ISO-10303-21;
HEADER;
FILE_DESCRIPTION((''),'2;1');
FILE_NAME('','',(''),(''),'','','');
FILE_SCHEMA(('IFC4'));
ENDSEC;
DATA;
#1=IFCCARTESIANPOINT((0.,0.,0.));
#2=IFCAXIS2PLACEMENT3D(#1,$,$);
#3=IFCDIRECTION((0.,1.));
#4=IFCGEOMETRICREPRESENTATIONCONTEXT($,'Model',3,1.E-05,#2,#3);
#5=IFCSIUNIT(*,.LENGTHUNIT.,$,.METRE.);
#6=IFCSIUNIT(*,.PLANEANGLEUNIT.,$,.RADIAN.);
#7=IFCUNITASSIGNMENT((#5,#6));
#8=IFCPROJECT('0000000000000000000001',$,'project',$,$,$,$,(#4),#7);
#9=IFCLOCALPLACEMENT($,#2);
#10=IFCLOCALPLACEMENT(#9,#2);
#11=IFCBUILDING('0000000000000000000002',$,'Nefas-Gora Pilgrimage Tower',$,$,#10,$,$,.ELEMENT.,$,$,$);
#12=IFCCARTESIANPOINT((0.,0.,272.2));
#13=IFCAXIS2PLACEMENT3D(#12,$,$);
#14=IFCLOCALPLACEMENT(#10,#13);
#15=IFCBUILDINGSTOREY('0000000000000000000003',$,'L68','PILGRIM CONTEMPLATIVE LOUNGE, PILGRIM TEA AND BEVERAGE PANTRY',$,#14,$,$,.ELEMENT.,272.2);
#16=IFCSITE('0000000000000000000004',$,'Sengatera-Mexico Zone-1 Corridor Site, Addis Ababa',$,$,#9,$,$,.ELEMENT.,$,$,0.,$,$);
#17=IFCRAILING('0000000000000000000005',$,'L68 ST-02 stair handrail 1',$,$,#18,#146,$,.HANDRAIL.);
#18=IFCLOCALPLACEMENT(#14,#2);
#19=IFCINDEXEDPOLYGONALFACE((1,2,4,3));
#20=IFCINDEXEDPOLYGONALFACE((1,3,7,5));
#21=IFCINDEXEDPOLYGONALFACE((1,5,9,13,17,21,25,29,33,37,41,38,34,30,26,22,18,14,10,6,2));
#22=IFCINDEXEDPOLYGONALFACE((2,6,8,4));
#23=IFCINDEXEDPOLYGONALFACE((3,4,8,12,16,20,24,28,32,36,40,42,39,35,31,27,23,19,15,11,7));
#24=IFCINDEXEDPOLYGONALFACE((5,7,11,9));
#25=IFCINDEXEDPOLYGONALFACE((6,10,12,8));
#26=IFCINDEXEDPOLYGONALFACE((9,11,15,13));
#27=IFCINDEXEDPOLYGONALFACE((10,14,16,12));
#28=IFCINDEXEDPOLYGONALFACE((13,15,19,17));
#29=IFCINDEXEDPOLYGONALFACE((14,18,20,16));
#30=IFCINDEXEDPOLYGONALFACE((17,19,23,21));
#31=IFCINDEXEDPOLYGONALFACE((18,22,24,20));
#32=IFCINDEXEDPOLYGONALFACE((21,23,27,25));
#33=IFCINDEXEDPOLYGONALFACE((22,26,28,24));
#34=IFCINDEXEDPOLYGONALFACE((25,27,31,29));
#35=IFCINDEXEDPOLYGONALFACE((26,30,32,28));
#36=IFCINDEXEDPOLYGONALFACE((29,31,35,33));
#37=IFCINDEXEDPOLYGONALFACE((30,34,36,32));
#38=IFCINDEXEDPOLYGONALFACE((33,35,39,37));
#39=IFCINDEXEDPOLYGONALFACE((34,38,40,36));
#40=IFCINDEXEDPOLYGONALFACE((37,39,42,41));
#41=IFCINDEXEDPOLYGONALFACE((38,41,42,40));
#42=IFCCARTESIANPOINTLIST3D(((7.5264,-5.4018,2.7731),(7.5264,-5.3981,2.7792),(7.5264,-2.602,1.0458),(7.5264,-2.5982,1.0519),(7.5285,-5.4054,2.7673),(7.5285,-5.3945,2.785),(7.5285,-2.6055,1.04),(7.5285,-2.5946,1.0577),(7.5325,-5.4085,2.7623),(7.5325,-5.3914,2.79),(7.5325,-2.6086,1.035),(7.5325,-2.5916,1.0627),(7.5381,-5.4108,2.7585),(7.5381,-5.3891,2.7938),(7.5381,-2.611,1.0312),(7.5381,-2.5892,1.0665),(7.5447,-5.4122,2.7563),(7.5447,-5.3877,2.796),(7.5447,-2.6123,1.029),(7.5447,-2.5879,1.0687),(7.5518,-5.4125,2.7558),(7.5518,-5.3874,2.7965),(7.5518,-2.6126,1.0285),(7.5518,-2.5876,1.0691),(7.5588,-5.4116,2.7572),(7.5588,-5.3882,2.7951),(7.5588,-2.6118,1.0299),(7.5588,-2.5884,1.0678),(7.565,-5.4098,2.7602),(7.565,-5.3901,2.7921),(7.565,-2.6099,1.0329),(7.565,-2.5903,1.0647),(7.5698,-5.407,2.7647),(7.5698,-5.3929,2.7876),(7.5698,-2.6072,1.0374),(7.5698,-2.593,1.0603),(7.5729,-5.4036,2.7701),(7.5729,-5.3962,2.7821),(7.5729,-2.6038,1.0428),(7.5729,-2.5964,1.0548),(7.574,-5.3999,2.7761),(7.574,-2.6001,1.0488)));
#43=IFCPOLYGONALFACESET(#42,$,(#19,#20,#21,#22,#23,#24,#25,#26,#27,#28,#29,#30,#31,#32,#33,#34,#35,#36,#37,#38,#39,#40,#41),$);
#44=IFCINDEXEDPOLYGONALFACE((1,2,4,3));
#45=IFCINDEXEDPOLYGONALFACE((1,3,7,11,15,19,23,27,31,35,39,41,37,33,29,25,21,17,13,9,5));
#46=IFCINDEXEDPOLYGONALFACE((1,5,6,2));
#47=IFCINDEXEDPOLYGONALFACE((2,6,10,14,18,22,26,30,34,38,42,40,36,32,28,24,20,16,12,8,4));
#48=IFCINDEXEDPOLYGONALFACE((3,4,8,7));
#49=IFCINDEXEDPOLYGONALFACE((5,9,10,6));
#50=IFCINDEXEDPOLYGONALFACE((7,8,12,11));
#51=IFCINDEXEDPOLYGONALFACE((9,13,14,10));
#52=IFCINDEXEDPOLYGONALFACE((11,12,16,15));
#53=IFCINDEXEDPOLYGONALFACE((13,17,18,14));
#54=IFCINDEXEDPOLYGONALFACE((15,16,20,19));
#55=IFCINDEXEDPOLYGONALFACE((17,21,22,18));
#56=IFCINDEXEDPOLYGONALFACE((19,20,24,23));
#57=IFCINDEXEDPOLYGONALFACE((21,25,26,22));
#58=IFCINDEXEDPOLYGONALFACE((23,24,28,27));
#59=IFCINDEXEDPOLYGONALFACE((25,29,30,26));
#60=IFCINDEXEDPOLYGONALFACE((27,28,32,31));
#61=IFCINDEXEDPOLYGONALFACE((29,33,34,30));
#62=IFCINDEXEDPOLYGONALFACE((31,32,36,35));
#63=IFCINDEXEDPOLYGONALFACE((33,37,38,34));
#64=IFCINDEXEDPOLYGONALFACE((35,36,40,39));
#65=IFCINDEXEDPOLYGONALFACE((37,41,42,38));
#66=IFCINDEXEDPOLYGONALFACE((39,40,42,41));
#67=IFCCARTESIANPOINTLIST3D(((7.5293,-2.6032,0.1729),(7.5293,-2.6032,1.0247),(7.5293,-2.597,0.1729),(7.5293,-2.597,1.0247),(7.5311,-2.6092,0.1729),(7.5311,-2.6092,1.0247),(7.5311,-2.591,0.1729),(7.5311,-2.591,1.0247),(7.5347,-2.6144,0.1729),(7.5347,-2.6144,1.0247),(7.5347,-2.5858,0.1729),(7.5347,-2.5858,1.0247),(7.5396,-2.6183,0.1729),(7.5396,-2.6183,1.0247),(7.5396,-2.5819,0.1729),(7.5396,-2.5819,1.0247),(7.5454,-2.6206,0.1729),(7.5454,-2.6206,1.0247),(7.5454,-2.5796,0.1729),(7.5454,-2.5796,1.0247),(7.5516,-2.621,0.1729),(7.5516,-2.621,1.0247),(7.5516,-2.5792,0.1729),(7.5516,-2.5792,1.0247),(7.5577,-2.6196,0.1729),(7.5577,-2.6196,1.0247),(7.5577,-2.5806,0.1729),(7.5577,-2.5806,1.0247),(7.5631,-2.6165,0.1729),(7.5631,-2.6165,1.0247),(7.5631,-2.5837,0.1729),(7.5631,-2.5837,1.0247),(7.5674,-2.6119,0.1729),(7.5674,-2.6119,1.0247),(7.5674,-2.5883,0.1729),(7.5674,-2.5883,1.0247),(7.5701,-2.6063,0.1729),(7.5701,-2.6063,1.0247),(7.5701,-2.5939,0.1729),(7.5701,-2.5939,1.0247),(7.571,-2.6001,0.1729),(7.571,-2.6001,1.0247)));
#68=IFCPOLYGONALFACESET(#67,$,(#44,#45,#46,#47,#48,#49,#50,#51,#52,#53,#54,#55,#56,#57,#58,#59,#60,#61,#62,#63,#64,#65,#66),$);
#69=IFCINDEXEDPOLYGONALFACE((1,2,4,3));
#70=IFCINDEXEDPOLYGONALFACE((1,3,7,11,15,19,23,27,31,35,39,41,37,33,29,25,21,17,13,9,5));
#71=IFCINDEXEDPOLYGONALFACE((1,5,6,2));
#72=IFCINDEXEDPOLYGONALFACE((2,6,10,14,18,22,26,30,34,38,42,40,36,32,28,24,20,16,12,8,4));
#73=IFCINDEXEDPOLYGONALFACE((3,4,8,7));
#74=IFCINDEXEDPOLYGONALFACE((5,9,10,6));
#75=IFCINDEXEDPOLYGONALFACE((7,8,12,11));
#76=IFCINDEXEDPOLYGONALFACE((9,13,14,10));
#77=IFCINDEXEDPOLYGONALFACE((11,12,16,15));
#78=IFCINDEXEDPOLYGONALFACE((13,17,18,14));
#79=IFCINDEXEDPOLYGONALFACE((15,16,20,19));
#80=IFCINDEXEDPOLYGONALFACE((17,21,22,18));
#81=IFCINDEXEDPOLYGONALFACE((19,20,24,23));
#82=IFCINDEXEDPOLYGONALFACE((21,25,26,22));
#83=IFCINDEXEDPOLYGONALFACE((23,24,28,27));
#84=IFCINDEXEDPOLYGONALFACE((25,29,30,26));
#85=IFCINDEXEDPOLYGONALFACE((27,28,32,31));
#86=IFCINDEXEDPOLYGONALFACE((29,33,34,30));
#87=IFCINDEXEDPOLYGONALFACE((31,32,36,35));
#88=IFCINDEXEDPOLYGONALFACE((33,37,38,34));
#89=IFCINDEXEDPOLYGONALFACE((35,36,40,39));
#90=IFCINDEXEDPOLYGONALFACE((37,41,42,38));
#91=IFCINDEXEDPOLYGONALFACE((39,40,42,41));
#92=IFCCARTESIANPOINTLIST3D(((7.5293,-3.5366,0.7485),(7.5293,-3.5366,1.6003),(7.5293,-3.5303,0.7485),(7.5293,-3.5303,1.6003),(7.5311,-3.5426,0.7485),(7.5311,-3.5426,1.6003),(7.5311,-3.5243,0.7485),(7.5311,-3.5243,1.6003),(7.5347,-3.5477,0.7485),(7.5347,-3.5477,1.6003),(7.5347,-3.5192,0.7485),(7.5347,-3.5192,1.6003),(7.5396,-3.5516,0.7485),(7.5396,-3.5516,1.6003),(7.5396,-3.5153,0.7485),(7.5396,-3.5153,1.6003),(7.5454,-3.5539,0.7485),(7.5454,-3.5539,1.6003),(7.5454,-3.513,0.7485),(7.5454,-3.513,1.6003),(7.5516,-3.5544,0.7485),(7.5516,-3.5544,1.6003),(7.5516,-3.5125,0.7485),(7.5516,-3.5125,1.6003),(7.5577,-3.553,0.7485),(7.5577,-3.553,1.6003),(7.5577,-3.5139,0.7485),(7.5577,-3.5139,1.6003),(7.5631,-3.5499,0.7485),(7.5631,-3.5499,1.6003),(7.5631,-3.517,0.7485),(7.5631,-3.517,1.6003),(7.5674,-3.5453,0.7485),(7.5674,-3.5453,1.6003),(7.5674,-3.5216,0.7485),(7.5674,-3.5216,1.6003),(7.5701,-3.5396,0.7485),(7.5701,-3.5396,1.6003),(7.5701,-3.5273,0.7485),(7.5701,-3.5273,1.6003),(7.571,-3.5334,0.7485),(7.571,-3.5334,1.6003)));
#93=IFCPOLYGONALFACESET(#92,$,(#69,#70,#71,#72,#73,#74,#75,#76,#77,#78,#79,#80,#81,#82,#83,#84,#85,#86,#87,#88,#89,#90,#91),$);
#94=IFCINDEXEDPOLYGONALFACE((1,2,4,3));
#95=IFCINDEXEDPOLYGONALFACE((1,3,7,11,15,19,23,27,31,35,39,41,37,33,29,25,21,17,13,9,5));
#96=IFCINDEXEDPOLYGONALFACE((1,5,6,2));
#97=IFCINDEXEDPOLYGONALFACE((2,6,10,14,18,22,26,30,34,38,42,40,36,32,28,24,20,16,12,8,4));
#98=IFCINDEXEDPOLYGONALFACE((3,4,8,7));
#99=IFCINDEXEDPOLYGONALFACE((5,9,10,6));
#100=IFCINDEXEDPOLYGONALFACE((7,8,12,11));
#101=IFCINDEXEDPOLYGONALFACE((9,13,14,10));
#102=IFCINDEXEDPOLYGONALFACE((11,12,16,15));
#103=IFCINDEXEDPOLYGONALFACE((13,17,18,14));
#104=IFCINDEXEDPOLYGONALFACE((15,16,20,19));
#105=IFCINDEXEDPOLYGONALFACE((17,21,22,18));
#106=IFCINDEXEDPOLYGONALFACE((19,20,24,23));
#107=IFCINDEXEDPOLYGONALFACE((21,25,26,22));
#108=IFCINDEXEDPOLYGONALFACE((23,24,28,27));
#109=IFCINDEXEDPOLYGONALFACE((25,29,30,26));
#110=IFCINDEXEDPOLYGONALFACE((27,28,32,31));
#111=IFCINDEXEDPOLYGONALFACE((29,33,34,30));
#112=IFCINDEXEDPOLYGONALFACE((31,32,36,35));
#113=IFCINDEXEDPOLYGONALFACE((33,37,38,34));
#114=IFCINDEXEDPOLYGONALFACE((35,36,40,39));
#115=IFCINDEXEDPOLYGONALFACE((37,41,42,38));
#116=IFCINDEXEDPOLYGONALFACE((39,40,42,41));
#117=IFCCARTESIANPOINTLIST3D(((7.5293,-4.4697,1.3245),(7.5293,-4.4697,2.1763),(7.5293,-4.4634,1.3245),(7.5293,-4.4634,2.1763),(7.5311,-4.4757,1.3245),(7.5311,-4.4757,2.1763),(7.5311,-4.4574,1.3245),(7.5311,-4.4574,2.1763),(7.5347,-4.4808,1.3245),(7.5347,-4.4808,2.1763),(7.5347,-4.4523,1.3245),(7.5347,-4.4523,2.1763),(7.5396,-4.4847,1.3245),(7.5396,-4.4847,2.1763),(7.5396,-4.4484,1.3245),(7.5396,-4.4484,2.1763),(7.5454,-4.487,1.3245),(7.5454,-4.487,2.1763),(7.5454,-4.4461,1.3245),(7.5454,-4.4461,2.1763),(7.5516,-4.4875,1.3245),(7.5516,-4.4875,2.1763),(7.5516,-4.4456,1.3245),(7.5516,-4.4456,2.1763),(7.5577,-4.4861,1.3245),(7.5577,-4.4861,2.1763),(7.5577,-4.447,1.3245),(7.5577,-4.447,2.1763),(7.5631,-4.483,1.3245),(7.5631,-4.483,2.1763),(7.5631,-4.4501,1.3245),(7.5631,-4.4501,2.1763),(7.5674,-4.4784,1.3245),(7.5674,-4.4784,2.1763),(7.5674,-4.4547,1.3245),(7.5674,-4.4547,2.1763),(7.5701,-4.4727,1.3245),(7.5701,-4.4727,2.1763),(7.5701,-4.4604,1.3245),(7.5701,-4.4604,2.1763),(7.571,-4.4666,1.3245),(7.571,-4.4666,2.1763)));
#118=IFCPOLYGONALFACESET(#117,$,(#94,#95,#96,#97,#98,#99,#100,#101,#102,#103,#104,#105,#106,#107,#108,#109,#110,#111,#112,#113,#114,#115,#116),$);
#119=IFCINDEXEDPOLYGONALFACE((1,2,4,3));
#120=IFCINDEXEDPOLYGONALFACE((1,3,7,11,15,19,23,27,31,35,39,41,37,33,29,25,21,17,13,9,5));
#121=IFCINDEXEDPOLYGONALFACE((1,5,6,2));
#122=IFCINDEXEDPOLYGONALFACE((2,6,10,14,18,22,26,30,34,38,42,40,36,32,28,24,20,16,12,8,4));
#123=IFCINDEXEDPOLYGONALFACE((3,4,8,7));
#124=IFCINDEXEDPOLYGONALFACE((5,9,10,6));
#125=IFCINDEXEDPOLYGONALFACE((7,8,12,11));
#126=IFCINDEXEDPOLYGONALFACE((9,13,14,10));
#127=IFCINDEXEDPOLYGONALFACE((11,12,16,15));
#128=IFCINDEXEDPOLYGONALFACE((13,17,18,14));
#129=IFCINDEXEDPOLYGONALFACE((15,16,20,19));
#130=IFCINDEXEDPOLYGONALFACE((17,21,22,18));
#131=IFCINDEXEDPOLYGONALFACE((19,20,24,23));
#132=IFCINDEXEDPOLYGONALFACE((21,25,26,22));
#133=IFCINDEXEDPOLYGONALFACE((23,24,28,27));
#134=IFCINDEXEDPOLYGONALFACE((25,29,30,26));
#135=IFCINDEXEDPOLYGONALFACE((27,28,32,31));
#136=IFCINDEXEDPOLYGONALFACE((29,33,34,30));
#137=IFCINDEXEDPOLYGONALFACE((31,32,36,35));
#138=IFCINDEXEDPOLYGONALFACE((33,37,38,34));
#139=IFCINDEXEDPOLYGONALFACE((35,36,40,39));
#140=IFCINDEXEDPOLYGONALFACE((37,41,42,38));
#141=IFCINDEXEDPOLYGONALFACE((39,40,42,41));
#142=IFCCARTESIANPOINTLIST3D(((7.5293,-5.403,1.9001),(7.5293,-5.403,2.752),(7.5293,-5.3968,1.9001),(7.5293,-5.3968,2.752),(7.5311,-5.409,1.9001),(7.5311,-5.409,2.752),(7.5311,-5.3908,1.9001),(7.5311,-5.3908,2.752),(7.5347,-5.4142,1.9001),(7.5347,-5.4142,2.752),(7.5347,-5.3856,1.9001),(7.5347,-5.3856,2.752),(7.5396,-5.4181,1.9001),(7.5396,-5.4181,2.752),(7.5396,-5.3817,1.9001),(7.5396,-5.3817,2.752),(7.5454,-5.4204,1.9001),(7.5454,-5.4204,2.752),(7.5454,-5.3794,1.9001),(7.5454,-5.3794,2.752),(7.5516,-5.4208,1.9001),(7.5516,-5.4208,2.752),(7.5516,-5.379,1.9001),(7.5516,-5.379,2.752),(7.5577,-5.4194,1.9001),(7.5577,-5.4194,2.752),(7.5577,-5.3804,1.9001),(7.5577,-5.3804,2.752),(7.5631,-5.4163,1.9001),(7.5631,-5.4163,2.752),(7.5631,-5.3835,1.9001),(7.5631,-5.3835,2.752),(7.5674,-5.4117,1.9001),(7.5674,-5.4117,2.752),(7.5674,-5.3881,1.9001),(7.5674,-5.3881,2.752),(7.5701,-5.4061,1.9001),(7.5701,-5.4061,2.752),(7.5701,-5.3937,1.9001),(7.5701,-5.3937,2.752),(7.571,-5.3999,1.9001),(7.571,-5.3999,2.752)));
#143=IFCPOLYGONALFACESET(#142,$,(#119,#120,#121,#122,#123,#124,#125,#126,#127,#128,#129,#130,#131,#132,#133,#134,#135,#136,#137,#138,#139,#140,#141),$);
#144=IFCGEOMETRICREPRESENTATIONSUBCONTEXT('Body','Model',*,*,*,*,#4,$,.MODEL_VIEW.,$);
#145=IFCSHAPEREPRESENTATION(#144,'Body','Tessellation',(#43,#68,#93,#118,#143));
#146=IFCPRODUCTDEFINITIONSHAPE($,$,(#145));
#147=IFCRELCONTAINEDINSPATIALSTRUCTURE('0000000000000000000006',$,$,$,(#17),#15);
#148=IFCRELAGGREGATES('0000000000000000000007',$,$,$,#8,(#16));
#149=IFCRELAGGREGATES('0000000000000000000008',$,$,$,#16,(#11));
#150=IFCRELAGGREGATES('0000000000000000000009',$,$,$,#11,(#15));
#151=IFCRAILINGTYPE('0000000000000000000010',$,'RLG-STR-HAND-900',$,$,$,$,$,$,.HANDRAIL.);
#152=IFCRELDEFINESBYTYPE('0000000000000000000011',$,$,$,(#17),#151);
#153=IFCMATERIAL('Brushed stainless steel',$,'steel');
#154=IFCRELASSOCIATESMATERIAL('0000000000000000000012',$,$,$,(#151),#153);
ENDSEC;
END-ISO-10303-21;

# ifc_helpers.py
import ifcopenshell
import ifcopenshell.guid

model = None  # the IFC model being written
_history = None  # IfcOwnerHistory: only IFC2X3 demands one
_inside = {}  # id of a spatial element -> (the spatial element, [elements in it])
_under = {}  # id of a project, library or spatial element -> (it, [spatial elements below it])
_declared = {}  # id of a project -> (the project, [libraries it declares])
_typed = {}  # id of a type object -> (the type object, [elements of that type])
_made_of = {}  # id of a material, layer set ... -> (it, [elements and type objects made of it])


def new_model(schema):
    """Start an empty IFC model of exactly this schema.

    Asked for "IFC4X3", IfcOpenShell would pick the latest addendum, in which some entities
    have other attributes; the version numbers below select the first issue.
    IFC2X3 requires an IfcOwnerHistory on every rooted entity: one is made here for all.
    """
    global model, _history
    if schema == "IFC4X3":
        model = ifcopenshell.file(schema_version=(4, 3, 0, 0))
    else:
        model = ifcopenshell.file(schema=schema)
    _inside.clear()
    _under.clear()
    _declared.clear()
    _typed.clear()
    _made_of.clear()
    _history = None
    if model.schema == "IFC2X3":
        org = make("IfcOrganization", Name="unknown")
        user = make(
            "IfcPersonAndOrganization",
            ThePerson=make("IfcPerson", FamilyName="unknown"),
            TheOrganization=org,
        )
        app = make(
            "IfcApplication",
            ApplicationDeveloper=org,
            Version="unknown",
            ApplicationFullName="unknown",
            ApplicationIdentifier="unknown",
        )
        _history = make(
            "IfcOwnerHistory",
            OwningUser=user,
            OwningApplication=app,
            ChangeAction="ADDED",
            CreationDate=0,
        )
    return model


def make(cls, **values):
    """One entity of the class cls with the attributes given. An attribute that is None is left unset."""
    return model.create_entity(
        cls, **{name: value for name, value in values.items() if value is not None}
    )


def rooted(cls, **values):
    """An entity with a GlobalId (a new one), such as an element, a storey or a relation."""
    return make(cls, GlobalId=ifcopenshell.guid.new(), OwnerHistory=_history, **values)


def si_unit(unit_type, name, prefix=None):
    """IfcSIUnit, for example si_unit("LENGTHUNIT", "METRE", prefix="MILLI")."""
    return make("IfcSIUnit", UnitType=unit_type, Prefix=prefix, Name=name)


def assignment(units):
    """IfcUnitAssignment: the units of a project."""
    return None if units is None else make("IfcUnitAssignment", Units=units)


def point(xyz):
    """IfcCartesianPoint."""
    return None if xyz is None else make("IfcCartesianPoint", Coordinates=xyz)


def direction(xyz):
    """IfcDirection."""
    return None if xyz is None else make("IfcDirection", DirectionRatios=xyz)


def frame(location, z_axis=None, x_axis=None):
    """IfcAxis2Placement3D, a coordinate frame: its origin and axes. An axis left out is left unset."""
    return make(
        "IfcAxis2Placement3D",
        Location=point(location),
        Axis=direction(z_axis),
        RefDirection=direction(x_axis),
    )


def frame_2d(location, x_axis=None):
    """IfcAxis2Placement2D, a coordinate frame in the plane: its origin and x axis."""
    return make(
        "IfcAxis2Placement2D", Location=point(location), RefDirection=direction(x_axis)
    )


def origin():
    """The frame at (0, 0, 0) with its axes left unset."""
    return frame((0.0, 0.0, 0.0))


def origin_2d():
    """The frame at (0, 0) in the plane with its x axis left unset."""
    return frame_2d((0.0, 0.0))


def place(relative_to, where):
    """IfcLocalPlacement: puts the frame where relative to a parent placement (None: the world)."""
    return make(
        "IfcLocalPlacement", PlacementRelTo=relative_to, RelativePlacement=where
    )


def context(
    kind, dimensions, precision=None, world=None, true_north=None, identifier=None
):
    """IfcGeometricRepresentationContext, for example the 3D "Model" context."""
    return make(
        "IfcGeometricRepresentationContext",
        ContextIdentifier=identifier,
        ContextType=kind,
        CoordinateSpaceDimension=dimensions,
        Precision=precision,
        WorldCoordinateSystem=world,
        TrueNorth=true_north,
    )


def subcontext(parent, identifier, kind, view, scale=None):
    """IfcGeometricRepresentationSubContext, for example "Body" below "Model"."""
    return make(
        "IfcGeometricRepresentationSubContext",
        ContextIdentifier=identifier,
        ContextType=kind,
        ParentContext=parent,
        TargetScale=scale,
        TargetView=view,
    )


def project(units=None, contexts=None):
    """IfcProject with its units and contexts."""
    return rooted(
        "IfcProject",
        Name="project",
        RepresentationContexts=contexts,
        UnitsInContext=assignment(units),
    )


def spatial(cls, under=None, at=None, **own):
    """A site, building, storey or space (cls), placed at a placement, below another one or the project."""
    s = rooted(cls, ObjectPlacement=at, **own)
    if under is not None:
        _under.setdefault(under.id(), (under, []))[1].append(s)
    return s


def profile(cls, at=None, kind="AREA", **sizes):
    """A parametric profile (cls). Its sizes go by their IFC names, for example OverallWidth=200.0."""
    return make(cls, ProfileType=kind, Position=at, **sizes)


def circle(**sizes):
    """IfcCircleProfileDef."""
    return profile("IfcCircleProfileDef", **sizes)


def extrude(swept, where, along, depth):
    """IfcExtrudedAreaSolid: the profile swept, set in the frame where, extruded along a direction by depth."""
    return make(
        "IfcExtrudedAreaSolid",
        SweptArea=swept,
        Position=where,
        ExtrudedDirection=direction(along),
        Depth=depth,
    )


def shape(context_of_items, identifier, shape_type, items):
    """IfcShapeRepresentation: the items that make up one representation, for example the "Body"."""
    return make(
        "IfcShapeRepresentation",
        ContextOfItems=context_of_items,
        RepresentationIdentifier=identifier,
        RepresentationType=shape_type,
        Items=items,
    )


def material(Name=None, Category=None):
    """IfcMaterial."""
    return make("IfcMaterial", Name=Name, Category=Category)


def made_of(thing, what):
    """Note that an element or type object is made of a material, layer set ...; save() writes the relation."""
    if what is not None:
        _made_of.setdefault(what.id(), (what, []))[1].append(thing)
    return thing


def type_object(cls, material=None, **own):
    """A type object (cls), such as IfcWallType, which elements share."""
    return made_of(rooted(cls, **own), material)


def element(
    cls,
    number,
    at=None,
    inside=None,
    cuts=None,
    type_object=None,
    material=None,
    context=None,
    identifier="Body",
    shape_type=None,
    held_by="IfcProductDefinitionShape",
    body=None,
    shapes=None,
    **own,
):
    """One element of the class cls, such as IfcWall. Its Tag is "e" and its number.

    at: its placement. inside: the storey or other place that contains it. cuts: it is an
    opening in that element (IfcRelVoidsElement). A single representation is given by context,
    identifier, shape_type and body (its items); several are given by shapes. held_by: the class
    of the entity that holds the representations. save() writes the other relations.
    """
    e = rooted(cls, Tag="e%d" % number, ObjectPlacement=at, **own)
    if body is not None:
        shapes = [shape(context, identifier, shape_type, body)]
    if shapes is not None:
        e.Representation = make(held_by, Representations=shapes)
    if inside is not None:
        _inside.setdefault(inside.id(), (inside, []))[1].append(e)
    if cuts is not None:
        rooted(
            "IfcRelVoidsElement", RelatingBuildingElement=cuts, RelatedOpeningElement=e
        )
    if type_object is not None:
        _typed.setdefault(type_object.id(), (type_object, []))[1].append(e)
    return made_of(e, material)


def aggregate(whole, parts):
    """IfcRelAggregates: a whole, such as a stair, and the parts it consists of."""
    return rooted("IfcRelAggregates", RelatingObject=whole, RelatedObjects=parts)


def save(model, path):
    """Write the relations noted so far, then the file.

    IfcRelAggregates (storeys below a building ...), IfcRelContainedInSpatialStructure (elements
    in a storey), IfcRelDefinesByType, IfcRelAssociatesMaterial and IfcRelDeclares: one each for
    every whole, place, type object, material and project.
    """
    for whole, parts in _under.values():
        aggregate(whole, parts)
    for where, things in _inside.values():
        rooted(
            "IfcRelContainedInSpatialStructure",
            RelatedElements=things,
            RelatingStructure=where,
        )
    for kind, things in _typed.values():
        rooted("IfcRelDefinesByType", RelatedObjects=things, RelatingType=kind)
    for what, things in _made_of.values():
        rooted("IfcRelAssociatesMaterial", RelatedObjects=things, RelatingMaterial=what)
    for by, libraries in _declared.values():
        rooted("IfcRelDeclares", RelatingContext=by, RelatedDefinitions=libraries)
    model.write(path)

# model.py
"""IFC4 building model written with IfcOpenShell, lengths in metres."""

from ifc_helpers import new_model, si_unit, direction, frame, origin, origin_2d, place, context, subcontext, project, spatial, circle, extrude, material, type_object, element, save


model = new_model("IFC4")

# Units and contexts
model_context = context("Model", 3, precision=1e-05, world=origin(), true_north=direction((0.0, 1.0)))
body_context = subcontext(model_context, "Body", "Model", "MODEL_VIEW")
ifc_project = project(units=[si_unit("LENGTHUNIT", "METRE"), si_unit("PLANEANGLEUNIT", "RADIAN")], contexts=[model_context])

# Site, building, storey
site_placement = place(None, origin())
site = spatial("IfcSite", under=ifc_project, at=site_placement, Name="Sengatera-Mexico Zone-1 Corridor Site, Addis Ababa", CompositionType="ELEMENT", RefElevation=0.0)
building_placement = place(site_placement, origin())
building = spatial("IfcBuilding", under=site, at=building_placement, Name="Nefas-Gora Pilgrimage Tower", CompositionType="ELEMENT")
storey_placement = place(building_placement, frame((0.0, 0.0, 272.2)))
storey = spatial("IfcBuildingStorey", under=building, at=storey_placement, Name="L68", Description="PILGRIM CONTEMPLATIVE LOUNGE, PILGRIM TEA AND BEVERAGE PANTRY", CompositionType="ELEMENT", Elevation=272.2)

# Railing
ifc_material_1 = material(Name="Brushed stainless steel", Category="steel")
railing_type_1 = type_object("IfcRailingType", Name="RLG-STR-HAND-900", PredefinedType="HANDRAIL", material=ifc_material_1)
railing_1_placement = place(storey_placement, frame((7.55, -2.6001, 0.1729)))
element("IfcRailing", 1, at=railing_1_placement, inside=storey, type_object=railing_type_1, Name="L68 ST-02 stair handrail 1", PredefinedType="HANDRAIL", context=body_context, shape_type="SweptSolid", body=[
    extrude(circle(Radius=0.0239, at=origin_2d()), frame((0.0, 0.0, 0.876), z_axis=(0.0, -0.851069, 0.525054), x_axis=(1.0, 0.0, 0.0)), (0.0, 0.0, 1.0), 3.2898),
    extrude(circle(Radius=0.021, at=origin_2d()), origin(), (0.0, 0.0, 1.0), 0.8518),
    extrude(circle(Radius=0.021, at=origin_2d()), frame((0.0, -0.9333, 0.5757)), (0.0, 0.0, 1.0), 0.8518),
    extrude(circle(Radius=0.021, at=origin_2d()), frame((0.0, -1.8665, 1.1516)), (0.0, 0.0, 1.0), 0.8518),
    extrude(circle(Radius=0.021, at=origin_2d()), frame((0.0, -2.7998, 1.7273)), (0.0, 0.0, 1.0), 0.8518),
])

save(model, "model.ifc")
